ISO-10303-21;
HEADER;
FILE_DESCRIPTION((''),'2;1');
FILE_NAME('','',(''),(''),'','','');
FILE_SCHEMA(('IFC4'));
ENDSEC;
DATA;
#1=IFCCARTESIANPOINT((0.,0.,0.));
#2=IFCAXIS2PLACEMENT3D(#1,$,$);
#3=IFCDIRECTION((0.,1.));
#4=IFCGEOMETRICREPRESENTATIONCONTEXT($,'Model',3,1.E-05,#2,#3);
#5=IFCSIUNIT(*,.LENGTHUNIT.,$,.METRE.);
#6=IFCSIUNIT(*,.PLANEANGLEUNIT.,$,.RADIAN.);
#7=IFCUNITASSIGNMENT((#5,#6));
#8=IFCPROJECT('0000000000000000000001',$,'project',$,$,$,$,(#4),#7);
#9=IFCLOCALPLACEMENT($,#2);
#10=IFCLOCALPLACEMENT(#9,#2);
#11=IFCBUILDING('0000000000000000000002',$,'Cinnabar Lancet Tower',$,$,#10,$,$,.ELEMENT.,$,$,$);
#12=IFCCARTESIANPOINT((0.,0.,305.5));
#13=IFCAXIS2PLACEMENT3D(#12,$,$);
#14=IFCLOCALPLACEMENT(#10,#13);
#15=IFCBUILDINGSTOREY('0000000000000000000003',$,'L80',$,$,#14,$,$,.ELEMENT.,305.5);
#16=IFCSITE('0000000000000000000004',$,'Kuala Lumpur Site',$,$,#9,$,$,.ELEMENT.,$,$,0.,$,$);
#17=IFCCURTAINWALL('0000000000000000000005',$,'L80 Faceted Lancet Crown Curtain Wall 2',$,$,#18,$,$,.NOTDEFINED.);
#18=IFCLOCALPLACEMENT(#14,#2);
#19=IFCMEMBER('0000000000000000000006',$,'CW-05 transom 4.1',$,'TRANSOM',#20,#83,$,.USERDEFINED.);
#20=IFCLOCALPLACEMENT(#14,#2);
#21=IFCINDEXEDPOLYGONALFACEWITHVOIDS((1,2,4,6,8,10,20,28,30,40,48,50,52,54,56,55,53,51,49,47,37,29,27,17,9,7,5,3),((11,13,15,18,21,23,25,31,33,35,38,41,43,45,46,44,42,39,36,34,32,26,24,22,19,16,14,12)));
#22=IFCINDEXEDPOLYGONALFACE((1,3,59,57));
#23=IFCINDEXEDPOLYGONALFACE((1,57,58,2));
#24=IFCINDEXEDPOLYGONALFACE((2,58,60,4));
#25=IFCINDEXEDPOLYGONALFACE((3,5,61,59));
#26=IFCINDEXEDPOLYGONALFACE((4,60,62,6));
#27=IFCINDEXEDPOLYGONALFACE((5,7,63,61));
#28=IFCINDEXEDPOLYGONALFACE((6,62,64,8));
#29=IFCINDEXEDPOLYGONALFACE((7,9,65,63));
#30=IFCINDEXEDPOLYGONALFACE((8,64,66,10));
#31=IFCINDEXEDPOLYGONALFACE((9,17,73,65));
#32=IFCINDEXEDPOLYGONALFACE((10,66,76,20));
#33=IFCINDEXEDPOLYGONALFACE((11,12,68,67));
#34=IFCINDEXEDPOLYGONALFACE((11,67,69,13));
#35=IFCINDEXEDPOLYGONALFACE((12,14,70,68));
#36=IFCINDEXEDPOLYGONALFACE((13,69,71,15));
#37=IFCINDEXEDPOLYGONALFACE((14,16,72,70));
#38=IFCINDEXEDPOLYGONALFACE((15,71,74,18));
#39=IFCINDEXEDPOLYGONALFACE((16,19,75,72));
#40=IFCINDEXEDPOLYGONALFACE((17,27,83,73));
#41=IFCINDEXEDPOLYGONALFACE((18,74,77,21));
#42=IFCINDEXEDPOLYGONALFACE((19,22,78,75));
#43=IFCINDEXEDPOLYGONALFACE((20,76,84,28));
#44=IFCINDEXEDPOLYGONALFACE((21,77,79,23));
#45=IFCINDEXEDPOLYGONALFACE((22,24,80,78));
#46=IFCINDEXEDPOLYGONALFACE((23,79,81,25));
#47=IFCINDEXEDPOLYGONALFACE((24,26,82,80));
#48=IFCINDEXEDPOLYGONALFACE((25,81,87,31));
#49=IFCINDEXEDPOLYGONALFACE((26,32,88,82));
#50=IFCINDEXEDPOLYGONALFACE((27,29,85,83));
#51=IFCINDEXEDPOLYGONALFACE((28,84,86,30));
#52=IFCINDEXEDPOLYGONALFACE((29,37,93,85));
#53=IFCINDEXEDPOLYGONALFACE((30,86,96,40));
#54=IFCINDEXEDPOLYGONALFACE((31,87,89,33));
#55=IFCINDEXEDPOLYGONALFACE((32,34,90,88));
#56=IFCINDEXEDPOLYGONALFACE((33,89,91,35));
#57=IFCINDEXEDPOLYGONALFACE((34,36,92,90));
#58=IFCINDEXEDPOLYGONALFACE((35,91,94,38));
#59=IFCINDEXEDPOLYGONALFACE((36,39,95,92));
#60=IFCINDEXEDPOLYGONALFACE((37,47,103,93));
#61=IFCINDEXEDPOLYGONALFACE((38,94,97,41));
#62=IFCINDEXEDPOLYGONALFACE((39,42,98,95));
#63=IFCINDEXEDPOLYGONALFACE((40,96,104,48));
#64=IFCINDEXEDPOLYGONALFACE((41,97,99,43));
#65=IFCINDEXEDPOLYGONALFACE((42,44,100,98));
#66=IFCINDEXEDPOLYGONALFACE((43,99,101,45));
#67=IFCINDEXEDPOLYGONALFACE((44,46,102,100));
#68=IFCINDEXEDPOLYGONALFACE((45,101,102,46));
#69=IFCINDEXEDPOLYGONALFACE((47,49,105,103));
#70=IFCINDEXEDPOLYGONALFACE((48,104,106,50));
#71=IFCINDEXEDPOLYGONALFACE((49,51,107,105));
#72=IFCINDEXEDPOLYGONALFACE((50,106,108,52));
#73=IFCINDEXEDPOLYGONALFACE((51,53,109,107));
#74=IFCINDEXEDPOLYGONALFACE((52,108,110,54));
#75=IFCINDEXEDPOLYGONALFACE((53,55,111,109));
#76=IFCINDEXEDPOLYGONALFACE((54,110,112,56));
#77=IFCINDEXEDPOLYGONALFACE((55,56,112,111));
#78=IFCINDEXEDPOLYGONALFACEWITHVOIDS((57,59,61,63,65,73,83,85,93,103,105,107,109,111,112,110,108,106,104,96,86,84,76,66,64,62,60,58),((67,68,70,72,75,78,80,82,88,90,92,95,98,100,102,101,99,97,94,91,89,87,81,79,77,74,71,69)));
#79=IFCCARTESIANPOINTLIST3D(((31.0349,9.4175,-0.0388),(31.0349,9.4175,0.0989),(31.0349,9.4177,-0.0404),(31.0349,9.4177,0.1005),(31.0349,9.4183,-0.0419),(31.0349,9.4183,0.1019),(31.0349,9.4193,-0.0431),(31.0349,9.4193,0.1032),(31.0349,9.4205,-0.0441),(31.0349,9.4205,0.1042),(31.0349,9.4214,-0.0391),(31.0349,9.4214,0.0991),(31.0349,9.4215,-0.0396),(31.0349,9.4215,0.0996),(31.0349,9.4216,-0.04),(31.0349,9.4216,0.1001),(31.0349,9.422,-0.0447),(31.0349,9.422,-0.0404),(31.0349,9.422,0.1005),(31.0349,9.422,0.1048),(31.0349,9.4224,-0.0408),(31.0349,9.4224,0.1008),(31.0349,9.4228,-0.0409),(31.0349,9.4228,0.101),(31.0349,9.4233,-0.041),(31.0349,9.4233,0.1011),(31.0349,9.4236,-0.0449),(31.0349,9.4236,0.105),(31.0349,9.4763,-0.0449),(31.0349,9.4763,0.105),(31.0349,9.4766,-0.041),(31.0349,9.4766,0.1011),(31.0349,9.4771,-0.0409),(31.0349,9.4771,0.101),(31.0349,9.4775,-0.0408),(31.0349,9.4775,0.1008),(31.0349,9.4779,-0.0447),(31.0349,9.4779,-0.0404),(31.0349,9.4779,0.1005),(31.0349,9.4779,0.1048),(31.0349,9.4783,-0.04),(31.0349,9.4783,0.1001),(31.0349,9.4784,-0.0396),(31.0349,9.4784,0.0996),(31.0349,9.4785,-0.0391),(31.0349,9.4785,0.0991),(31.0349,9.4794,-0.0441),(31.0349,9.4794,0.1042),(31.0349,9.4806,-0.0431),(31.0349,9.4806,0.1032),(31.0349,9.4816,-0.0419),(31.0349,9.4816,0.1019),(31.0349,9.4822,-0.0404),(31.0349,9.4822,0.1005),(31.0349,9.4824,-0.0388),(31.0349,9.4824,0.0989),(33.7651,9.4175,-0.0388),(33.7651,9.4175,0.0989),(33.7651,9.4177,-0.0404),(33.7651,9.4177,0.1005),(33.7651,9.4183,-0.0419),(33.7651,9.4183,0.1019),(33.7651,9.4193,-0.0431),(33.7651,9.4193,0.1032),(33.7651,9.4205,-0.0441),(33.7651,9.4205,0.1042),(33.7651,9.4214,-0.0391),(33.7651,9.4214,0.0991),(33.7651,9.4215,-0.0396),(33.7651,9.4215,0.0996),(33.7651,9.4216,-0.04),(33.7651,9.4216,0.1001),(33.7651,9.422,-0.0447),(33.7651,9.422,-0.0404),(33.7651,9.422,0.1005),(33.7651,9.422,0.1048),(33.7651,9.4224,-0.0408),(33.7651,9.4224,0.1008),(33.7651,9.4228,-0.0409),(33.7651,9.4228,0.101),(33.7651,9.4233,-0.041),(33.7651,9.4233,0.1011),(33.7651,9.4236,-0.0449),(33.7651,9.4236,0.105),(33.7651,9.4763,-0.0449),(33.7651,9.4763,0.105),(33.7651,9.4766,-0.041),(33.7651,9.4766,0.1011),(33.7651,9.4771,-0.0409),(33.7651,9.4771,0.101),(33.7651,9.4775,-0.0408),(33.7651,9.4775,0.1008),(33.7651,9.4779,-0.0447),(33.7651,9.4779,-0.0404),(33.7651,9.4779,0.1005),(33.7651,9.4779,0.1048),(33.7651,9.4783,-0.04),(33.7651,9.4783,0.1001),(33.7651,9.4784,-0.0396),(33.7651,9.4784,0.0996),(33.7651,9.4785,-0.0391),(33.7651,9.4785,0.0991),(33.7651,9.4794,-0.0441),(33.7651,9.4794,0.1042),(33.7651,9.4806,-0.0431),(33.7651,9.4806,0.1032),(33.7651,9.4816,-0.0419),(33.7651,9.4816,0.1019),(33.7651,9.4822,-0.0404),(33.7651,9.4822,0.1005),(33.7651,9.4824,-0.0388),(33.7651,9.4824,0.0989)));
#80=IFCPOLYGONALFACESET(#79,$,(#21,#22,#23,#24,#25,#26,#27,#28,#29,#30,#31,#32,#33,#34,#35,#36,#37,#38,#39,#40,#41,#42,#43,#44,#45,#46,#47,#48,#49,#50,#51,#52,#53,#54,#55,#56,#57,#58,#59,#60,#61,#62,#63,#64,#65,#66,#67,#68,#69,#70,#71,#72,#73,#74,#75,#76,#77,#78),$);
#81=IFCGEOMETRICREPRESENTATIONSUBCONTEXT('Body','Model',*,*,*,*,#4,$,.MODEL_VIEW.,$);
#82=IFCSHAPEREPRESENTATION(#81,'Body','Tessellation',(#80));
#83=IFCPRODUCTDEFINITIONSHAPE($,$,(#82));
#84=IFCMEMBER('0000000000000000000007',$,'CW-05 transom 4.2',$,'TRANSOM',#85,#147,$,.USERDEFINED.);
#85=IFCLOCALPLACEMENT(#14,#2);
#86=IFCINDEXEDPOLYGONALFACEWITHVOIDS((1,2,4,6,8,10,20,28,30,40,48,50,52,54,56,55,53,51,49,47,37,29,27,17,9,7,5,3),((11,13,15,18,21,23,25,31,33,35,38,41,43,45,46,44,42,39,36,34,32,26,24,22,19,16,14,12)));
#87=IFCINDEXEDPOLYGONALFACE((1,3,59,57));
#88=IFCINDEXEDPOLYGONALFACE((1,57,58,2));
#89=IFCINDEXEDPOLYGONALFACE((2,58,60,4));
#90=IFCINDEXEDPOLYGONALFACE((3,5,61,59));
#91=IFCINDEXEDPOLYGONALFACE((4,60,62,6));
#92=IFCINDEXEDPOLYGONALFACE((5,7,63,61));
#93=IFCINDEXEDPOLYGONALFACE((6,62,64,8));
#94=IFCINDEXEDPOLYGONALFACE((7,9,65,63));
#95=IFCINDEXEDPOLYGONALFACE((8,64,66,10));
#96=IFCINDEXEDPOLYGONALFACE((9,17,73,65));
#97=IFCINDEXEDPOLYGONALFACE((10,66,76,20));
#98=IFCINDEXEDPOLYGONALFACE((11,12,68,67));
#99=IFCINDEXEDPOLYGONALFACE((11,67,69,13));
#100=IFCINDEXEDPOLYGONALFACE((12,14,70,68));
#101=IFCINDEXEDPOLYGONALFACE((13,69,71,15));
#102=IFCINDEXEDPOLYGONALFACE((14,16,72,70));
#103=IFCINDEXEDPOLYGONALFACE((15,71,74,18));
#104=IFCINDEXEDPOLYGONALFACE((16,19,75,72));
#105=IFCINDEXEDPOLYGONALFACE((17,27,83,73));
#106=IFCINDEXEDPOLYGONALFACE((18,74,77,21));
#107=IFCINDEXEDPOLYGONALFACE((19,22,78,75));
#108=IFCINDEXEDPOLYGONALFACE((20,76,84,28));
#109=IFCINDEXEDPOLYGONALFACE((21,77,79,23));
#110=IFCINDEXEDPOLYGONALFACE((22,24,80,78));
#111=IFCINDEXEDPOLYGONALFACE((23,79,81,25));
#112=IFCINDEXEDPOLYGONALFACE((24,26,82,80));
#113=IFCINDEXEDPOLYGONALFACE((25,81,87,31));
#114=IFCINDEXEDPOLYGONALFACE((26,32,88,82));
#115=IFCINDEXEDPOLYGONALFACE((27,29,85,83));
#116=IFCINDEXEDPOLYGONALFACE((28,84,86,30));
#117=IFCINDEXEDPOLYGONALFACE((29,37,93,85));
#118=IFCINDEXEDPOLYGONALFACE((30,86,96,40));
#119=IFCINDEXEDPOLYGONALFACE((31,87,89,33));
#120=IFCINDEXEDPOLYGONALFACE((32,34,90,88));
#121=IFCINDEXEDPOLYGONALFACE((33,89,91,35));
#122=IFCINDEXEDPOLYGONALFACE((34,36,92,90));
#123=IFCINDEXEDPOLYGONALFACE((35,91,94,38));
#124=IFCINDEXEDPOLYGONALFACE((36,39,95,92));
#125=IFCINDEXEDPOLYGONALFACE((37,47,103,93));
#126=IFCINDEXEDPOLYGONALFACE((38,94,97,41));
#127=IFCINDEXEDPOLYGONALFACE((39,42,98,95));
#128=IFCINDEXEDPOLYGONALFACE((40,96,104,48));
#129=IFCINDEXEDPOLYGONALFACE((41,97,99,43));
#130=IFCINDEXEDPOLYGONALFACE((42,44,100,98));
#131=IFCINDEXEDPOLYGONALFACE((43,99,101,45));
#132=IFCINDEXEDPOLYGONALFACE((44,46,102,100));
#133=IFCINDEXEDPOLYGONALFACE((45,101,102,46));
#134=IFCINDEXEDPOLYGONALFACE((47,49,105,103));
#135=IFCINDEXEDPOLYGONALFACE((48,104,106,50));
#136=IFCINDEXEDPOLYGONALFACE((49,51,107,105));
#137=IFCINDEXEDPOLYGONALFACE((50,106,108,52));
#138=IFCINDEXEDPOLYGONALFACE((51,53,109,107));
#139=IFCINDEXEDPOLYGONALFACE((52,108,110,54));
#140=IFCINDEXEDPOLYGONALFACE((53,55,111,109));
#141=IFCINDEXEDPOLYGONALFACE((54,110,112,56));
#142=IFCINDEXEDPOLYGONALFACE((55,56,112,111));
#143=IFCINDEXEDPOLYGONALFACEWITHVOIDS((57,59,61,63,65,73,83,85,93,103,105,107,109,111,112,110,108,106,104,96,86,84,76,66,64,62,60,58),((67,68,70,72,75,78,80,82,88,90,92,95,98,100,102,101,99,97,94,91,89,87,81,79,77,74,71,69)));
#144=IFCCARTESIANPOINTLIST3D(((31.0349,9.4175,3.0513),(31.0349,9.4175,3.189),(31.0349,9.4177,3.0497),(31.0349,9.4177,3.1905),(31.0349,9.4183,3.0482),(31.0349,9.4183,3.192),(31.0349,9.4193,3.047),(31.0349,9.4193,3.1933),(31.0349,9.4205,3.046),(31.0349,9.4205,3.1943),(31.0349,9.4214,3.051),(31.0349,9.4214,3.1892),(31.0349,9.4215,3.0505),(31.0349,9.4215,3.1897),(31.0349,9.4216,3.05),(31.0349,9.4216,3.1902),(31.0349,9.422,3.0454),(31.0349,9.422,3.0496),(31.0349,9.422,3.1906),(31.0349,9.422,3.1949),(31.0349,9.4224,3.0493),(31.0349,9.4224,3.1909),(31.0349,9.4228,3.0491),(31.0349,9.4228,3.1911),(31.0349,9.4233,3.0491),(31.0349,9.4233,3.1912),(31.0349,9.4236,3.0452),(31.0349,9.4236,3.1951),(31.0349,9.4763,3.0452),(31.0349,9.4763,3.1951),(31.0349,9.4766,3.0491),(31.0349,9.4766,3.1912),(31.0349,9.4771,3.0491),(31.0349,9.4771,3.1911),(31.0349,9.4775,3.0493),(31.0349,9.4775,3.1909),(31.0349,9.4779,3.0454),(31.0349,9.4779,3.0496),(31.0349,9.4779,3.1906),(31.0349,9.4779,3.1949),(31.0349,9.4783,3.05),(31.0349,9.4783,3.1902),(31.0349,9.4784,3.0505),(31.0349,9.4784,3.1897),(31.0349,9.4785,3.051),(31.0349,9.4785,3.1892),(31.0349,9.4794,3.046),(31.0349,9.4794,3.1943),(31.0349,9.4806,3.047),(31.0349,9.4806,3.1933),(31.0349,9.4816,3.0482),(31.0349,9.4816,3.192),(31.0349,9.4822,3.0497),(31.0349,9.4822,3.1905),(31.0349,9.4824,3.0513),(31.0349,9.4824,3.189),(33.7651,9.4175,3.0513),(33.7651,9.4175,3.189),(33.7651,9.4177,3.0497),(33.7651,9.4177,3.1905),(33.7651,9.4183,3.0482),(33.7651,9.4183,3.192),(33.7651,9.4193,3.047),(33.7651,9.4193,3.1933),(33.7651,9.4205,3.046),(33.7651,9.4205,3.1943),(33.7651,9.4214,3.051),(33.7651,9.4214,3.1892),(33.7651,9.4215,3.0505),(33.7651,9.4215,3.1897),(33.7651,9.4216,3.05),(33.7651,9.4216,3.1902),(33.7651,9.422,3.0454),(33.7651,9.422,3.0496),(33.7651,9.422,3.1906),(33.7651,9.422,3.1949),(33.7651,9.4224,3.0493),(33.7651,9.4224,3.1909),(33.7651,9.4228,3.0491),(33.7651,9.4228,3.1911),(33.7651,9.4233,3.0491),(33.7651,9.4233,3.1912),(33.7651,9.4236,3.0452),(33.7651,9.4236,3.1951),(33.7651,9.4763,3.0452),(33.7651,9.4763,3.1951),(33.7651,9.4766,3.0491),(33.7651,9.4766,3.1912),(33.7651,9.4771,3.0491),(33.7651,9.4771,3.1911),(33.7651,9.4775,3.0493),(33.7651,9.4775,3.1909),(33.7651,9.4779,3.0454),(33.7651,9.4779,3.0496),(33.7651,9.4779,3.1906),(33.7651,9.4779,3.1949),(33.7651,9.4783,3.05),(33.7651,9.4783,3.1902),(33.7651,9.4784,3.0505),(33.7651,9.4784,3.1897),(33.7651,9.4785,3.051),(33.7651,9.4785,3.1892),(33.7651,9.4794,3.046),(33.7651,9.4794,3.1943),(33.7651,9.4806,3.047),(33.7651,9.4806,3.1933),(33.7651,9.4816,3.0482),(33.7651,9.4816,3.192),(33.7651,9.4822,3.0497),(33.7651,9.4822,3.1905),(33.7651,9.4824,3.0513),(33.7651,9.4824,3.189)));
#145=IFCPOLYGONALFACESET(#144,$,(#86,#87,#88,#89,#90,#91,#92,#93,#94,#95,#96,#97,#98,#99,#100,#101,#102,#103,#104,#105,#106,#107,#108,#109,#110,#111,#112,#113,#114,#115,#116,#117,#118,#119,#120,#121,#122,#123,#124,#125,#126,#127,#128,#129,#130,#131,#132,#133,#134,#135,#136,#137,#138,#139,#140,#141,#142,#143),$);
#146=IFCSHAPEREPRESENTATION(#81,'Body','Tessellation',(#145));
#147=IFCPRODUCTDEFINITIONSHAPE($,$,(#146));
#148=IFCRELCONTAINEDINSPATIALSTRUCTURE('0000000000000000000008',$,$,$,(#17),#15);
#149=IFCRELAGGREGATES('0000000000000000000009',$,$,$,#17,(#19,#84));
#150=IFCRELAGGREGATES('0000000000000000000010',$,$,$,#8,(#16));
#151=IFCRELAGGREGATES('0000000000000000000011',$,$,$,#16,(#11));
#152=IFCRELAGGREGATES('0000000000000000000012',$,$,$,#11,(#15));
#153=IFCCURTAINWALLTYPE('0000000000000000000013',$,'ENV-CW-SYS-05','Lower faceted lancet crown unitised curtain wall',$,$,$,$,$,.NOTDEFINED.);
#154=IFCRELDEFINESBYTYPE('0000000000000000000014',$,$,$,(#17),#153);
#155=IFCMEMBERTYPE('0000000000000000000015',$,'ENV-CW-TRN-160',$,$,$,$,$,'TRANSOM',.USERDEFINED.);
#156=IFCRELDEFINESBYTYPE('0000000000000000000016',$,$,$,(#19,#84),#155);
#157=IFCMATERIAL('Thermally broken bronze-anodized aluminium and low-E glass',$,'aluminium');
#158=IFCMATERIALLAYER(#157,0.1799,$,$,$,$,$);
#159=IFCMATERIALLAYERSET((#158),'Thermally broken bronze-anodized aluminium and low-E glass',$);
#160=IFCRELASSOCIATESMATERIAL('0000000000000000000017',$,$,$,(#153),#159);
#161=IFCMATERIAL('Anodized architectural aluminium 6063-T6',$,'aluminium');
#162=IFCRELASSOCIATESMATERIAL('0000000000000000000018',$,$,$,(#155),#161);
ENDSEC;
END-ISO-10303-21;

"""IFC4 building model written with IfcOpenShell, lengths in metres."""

from ifc_helpers import new_model, si_unit, direction, frame, origin, origin_2d, place, context, subcontext, project, spatial, hollow_rectangle, extrude, material, layer, layer_set, material_profile, profile_set, type_object, element, aggregate, save


model = new_model("IFC4")

# Units and contexts
model_context = context("Model", 3, precision=1e-05, world=origin(), true_north=direction((0.0, 1.0)))
body_context = subcontext(model_context, "Body", "Model", "MODEL_VIEW")
ifc_project = project(units=[si_unit("LENGTHUNIT", "METRE"), si_unit("PLANEANGLEUNIT", "RADIAN")], contexts=[model_context])

# Site, building, storey
site_placement = place(None, origin())
site = spatial("IfcSite", under=ifc_project, at=site_placement, Name="Kuala Lumpur Site", CompositionType="ELEMENT", RefElevation=0.0)
building_placement = place(site_placement, origin())
building = spatial("IfcBuilding", under=site, at=building_placement, Name="Cinnabar Lancet Tower", CompositionType="ELEMENT")
storey_placement = place(building_placement, frame((0.0, 0.0, 305.5)))
storey = spatial("IfcBuildingStorey", under=building, at=storey_placement, Name="L80", CompositionType="ELEMENT", Elevation=305.5)

# Curtain wall, members
ifc_material_1 = material(Name="Thermally broken bronze-anodized aluminium and low-E glass", Category="aluminium")
ifc_layer_1 = layer(ifc_material_1, 0.1799)
ifc_layer_set_1 = layer_set([ifc_layer_1], Name="Thermally broken bronze-anodized aluminium and low-E glass")
curtain_wall_type = type_object("IfcCurtainWallType", Name="ENV-CW-SYS-05", Description="Lower faceted lancet crown unitised curtain wall", PredefinedType="NOTDEFINED", material=ifc_layer_set_1)
curtain_wall_placement = place(storey_placement, origin())
curtain_wall = element("IfcCurtainWall", 1, at=curtain_wall_placement, inside=storey, type_object=curtain_wall_type, Name="L80 Faceted Lancet Crown Curtain Wall 2", PredefinedType="NOTDEFINED")
ifc_material_2 = material(Name="Anodized architectural aluminium 6063-T6", Category="aluminium")
ifc_material_profile_1 = material_profile(ifc_material_2, hollow_rectangle(XDim=0.0649, YDim=0.1499, WallThickness=0.0039, InnerFilletRadius=0.002, OuterFilletRadius=0.0061, at=origin_2d()), Name="CW-TRN 150x65x4")
ifc_profile_set_1 = profile_set([ifc_material_profile_1], Name="Anodized architectural aluminium 6063-T6")
member_type_1 = type_object("IfcMemberType", Name="ENV-CW-TRN-160", ElementType="TRANSOM", PredefinedType="USERDEFINED", material=ifc_profile_set_1)
member_1_placement = place(storey_placement, frame((31.0349, 9.45, 0.03), z_axis=(1.0, 0.0, 0.0), x_axis=(0.0, 1.0, 0.0)))
member_1 = element("IfcMember", 2, at=member_1_placement, type_object=member_type_1, Name="CW-05 transom 4.1", ObjectType="TRANSOM", PredefinedType="USERDEFINED", context=body_context, shape_type="SweptSolid", body=[
    extrude(hollow_rectangle(XDim=0.0649, YDim=0.1499, WallThickness=0.0039, InnerFilletRadius=0.002, OuterFilletRadius=0.0061, at=origin_2d()), origin(), (0.0, 0.0, 1.0), 2.7302),
])
member_2_placement = place(storey_placement, frame((31.0349, 9.45, 3.1201), z_axis=(1.0, 0.0, 0.0), x_axis=(0.0, 1.0, 0.0)))
member_2 = element("IfcMember", 3, at=member_2_placement, type_object=member_type_1, Name="CW-05 transom 4.2", ObjectType="TRANSOM", PredefinedType="USERDEFINED", context=body_context, shape_type="SweptSolid", body=[
    extrude(hollow_rectangle(XDim=0.0649, YDim=0.1499, WallThickness=0.0039, InnerFilletRadius=0.002, OuterFilletRadius=0.0061, at=origin_2d()), origin(), (0.0, 0.0, 1.0), 2.7302),
])
aggregate(curtain_wall, [member_1, member_2])

save(model, "model.ifc")
